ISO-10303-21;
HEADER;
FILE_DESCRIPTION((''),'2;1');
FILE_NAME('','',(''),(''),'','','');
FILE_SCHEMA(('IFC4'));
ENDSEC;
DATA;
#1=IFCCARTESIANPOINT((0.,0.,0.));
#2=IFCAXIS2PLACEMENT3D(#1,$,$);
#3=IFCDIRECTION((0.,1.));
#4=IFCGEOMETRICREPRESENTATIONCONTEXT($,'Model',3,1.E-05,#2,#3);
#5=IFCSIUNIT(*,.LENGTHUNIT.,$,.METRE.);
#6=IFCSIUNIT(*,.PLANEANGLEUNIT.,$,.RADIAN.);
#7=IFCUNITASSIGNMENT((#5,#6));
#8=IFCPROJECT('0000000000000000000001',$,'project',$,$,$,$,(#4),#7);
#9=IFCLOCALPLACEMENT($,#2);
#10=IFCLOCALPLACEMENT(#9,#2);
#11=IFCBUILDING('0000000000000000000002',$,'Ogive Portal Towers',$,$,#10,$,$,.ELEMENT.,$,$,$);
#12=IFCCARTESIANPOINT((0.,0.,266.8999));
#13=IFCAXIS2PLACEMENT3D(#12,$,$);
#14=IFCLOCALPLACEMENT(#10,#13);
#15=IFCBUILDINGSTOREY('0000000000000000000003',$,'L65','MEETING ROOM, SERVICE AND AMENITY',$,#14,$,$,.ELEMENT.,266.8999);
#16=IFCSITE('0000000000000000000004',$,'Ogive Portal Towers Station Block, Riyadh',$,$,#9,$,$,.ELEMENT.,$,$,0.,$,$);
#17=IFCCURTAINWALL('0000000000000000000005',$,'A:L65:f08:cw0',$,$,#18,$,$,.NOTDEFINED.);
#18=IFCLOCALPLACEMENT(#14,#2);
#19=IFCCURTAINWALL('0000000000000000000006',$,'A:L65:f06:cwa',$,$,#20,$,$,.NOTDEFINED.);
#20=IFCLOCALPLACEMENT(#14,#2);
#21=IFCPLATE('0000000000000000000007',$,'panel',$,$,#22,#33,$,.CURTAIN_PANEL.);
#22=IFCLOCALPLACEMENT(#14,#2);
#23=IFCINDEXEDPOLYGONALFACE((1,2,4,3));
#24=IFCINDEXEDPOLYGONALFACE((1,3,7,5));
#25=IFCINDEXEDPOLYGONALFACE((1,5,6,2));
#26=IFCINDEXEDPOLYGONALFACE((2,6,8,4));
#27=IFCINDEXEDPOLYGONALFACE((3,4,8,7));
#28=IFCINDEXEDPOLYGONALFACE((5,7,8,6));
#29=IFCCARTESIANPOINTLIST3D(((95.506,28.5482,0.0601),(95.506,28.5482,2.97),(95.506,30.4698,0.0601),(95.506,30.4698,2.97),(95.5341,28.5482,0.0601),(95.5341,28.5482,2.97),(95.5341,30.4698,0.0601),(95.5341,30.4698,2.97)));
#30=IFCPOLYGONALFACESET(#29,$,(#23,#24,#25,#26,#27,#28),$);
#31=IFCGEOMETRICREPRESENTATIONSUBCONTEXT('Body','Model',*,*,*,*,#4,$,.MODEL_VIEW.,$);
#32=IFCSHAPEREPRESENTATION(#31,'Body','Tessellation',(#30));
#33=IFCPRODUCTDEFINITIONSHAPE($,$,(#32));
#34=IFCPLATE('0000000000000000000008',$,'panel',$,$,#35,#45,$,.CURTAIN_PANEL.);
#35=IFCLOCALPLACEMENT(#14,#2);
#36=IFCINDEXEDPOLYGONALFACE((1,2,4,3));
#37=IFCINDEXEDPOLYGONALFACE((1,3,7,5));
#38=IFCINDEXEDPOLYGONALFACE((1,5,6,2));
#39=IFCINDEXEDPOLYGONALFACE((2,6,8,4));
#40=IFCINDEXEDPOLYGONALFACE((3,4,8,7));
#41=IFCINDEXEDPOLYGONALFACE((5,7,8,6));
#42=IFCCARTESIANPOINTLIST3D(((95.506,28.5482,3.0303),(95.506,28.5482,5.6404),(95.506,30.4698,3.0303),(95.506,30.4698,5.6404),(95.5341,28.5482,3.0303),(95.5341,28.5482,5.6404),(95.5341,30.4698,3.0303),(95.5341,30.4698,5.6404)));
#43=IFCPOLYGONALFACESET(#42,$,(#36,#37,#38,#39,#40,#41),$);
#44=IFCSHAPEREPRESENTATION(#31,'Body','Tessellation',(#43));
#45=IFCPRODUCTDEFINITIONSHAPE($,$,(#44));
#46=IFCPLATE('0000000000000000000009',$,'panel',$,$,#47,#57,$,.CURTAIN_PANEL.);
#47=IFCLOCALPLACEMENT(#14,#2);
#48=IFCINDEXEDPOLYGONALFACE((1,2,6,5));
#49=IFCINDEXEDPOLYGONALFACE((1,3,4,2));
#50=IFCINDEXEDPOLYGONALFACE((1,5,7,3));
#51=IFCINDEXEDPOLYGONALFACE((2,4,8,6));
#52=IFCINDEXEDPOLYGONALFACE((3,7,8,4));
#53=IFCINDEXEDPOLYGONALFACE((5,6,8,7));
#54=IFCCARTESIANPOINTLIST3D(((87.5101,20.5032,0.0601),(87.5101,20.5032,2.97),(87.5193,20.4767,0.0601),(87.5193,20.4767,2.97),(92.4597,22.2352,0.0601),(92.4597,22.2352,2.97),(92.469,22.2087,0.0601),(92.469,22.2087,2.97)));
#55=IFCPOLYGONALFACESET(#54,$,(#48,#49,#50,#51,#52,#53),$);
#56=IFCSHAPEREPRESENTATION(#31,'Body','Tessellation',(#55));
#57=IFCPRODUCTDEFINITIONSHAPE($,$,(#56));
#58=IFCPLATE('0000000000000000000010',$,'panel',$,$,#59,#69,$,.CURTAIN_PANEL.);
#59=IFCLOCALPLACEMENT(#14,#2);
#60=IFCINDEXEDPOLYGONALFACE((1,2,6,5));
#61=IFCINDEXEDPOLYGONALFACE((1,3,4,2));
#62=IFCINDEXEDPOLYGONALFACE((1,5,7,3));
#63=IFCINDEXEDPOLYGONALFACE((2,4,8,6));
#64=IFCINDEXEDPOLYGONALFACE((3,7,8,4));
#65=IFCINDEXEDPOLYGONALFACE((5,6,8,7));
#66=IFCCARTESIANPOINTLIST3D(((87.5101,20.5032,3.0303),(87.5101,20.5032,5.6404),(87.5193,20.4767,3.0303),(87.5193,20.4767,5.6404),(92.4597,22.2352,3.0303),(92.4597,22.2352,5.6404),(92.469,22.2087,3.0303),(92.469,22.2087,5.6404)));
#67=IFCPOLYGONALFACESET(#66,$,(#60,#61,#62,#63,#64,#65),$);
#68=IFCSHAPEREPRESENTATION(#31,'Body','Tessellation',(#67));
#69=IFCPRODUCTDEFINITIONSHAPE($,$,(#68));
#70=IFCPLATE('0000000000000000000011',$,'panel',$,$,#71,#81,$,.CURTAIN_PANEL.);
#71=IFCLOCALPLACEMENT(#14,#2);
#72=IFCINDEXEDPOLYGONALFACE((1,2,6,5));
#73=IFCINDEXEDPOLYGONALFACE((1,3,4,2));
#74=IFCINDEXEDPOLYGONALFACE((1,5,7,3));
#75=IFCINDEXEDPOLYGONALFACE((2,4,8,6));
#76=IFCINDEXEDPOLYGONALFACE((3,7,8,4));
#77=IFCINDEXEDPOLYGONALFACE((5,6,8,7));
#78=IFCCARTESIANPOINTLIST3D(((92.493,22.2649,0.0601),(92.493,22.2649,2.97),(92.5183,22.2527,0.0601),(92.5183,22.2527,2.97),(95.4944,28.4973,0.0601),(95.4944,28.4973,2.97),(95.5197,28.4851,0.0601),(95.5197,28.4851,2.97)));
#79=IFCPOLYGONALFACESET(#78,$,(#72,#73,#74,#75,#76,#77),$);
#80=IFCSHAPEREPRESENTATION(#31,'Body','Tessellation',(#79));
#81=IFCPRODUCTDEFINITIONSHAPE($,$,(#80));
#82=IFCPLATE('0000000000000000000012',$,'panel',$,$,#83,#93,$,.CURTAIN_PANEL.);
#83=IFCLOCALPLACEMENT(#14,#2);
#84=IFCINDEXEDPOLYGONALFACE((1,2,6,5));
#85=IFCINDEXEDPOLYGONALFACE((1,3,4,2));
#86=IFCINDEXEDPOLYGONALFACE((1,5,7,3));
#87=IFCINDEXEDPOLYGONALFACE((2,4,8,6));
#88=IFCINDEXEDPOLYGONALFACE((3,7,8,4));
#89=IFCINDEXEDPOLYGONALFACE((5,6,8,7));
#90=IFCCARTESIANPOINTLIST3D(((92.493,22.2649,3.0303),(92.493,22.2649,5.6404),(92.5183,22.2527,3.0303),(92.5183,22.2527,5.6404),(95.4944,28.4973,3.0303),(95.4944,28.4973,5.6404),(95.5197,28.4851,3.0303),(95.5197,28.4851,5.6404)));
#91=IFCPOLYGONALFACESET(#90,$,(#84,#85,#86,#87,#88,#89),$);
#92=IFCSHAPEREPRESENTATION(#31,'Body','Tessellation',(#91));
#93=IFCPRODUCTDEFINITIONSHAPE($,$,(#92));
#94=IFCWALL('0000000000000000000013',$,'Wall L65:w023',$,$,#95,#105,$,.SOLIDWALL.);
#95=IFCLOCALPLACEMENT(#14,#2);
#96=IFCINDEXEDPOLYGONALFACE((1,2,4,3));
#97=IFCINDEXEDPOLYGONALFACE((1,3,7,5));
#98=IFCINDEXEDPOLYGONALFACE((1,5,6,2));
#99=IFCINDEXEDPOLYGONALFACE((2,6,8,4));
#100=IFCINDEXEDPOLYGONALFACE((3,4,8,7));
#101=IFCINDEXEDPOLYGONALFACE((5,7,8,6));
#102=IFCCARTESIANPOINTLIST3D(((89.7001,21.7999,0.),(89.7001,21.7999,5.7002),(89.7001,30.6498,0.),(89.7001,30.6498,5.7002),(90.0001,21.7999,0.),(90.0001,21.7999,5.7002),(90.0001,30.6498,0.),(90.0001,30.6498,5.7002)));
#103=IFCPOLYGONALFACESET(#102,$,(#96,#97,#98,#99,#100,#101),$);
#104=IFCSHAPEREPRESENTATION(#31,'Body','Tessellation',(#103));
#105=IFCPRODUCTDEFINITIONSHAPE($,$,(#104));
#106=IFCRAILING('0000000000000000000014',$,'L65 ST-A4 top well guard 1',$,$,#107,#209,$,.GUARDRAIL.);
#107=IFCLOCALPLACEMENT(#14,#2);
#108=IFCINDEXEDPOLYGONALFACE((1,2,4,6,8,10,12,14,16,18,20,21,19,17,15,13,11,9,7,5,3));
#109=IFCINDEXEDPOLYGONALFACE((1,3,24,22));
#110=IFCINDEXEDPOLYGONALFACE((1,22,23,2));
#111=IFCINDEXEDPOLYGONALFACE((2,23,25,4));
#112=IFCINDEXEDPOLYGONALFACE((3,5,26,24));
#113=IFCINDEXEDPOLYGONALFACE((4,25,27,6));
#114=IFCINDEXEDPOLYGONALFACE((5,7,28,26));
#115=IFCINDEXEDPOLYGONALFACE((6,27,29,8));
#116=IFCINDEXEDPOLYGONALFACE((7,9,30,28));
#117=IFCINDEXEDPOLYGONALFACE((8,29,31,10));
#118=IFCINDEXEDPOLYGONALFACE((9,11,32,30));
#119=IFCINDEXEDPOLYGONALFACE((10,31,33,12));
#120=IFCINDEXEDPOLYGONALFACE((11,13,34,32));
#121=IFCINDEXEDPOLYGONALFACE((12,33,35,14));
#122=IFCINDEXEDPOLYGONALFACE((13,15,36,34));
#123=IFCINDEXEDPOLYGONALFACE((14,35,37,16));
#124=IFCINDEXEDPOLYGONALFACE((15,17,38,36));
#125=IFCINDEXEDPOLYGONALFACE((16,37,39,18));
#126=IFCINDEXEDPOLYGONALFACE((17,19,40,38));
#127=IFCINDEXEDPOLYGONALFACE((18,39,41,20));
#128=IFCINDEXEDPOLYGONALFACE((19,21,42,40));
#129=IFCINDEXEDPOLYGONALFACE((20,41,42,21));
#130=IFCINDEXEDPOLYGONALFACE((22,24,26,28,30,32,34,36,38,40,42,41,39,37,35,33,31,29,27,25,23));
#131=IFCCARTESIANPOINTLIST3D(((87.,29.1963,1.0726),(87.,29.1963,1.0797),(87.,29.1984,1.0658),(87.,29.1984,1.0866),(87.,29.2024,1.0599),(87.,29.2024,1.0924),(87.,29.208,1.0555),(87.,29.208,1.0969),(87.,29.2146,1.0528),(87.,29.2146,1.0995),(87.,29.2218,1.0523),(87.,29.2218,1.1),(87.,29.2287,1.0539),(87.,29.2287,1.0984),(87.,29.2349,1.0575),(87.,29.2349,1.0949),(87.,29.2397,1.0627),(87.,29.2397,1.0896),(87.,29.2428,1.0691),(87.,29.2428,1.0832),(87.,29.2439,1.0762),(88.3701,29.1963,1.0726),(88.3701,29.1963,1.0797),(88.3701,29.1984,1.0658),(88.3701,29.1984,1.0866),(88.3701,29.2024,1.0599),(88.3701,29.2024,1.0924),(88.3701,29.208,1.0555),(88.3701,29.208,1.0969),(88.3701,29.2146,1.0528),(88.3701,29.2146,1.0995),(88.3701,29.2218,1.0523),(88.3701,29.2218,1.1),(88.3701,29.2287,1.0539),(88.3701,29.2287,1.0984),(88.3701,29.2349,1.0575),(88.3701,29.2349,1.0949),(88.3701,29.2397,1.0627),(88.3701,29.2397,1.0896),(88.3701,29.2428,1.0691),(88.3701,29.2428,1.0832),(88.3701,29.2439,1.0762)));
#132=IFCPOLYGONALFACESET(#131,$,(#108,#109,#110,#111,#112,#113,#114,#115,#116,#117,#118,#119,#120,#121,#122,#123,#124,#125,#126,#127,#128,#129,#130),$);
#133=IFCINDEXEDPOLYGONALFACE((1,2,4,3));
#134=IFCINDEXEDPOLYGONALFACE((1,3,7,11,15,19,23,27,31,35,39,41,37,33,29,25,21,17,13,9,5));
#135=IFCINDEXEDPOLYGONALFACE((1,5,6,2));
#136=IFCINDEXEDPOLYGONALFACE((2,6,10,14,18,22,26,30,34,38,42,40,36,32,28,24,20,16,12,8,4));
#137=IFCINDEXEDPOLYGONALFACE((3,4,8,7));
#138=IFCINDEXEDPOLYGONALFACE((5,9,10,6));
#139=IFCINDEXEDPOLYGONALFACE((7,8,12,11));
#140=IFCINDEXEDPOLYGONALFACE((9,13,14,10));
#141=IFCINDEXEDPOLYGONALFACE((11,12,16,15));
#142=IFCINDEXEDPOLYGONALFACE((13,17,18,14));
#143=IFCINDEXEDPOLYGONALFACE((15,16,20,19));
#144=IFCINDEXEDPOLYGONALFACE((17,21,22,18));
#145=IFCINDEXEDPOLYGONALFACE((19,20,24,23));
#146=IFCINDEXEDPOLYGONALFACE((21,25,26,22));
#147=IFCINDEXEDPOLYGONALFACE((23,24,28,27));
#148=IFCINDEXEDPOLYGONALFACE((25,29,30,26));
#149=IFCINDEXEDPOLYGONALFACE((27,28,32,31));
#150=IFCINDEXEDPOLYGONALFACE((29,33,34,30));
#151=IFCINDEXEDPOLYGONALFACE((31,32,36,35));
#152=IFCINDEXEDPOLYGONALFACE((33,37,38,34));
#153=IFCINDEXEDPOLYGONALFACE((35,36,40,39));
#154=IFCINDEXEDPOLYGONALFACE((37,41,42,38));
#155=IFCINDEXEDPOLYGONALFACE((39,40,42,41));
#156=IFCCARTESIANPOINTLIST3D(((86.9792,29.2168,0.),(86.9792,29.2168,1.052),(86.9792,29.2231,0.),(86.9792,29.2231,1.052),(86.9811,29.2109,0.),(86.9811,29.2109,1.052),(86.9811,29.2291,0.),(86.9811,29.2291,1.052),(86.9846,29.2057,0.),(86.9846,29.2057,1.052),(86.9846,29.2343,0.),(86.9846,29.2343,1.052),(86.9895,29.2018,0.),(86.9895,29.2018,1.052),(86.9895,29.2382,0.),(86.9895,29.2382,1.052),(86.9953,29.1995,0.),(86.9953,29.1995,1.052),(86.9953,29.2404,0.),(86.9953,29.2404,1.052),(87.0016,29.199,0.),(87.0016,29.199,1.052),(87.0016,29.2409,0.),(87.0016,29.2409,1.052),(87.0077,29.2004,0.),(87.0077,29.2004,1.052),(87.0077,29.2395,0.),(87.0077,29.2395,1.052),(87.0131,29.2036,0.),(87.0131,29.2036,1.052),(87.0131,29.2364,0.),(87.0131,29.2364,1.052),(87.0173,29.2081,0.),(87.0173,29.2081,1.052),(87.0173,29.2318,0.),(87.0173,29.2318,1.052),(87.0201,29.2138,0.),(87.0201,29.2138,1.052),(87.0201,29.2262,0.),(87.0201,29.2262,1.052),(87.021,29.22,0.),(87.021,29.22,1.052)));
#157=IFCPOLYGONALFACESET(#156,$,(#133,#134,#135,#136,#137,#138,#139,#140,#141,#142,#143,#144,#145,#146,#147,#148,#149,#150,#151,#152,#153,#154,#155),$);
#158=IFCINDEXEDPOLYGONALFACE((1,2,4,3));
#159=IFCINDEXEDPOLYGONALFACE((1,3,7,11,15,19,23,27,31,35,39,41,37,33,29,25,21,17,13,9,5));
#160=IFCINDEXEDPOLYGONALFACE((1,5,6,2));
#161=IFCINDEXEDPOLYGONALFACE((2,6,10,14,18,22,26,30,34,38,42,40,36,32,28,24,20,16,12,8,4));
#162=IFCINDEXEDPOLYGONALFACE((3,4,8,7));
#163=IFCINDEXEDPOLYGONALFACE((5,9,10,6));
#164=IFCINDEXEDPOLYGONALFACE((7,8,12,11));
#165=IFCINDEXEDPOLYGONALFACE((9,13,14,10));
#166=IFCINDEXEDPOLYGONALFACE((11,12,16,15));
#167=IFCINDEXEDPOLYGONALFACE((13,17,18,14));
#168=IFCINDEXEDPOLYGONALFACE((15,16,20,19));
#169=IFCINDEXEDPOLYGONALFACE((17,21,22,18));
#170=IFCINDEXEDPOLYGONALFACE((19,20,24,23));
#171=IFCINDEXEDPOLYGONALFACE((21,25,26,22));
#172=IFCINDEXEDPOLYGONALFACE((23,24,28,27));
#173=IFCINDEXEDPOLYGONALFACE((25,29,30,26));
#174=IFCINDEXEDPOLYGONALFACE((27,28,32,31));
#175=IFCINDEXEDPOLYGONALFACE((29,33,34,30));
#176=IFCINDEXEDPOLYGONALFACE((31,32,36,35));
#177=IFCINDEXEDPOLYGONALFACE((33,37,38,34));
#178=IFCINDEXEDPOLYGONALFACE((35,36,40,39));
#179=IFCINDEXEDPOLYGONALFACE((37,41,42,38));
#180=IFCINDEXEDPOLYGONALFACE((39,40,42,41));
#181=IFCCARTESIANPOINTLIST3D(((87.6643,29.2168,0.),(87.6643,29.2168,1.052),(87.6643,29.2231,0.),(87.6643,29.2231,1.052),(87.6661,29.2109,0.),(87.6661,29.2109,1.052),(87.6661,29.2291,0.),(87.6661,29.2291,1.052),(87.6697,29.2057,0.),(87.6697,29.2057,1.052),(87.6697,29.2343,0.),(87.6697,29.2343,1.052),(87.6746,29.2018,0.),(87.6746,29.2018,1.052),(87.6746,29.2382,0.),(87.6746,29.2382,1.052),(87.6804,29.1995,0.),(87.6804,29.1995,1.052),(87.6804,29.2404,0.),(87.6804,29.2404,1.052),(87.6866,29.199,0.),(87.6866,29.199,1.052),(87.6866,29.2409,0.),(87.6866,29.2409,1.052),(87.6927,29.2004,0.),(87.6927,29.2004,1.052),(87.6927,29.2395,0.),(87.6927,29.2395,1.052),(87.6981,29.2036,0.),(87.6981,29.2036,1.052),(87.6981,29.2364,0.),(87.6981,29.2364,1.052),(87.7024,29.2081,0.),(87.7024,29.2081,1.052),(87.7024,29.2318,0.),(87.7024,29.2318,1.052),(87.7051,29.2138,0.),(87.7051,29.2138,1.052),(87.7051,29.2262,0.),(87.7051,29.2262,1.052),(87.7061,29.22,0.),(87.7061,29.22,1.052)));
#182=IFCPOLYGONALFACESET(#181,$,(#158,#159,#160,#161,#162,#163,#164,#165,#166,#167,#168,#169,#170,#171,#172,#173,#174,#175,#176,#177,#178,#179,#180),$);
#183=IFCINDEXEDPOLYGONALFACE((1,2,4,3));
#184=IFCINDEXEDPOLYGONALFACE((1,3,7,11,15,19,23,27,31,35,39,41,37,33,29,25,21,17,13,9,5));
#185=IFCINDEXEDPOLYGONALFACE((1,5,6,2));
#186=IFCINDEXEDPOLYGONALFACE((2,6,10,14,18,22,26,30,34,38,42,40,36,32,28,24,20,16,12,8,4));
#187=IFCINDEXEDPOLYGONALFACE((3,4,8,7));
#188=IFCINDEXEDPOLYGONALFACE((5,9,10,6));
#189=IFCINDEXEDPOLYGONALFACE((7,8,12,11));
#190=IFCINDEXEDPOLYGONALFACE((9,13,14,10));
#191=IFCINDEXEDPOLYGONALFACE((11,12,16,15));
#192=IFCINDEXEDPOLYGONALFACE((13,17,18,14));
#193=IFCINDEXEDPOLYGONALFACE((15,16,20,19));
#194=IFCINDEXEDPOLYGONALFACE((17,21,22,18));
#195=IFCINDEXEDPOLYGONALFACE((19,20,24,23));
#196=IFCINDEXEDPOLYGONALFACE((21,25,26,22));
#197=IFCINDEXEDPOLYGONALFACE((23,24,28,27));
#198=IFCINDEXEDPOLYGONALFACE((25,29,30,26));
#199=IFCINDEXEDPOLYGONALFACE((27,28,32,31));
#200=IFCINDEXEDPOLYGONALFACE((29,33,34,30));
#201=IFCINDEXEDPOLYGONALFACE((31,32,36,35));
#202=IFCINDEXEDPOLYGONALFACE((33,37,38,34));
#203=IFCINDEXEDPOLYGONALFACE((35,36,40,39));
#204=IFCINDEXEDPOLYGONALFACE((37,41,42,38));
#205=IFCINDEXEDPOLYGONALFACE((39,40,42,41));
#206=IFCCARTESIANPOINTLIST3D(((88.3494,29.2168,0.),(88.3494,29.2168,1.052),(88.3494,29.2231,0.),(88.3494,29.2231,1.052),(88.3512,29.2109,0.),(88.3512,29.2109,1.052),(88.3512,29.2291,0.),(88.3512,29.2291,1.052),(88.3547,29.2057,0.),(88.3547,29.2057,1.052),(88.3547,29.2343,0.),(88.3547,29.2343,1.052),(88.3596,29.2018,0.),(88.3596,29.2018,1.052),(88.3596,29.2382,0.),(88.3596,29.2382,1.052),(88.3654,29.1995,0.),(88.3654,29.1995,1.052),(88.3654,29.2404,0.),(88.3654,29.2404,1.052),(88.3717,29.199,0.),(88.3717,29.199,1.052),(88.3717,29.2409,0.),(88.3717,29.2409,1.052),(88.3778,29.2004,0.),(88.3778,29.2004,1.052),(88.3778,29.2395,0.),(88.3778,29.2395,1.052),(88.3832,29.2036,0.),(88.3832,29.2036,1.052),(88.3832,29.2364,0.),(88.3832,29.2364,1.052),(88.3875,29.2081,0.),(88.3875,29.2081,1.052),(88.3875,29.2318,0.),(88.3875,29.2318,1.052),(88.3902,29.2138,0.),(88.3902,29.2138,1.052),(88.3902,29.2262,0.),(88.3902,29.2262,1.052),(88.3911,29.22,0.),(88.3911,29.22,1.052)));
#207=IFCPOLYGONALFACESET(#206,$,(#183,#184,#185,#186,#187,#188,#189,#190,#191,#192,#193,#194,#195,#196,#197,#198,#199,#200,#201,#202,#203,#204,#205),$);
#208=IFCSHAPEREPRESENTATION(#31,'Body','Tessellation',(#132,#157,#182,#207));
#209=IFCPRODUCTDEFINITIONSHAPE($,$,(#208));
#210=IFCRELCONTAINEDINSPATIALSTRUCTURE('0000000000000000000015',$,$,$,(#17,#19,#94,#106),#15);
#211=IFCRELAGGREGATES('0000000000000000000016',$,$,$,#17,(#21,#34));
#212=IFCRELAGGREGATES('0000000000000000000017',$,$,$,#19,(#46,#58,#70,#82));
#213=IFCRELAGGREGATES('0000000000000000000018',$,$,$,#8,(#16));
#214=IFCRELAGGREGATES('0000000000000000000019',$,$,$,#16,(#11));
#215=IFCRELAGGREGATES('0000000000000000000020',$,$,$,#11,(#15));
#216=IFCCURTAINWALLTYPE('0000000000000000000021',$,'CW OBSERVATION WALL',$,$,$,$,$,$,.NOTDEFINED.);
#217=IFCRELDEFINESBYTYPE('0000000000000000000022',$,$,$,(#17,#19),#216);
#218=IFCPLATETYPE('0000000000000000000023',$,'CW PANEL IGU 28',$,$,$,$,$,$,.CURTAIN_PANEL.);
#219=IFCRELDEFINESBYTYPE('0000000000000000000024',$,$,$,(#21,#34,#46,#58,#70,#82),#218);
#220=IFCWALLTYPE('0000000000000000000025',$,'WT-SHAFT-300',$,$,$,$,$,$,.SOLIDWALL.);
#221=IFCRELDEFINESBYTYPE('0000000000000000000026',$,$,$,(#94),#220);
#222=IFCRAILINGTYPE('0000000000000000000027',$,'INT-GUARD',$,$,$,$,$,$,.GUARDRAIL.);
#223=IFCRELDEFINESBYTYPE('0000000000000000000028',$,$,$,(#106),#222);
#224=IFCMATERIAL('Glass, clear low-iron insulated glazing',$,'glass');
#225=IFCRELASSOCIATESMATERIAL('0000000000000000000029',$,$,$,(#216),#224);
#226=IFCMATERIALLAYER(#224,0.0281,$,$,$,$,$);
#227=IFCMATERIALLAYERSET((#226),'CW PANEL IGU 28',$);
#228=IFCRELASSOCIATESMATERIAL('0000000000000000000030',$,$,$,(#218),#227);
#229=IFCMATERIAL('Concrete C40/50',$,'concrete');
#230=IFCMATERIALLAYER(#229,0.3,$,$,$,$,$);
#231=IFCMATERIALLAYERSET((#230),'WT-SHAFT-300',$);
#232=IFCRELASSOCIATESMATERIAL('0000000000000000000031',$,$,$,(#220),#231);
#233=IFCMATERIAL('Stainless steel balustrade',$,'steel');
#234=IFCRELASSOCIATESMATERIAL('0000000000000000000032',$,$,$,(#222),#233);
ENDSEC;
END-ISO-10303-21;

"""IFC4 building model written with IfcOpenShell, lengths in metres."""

from ifc_helpers import new_model, si_unit, direction, frame, frame_2d, origin, origin_2d, place, context, subcontext, project, spatial, rectangle, circle, extrude, material, layer, layer_set, type_object, element, aggregate, save


model = new_model("IFC4")

# Units and contexts
model_context = context("Model", 3, precision=1e-05, world=origin(), true_north=direction((0.0, 1.0)))
body_context = subcontext(model_context, "Body", "Model", "MODEL_VIEW")
ifc_project = project(units=[si_unit("LENGTHUNIT", "METRE"), si_unit("PLANEANGLEUNIT", "RADIAN")], contexts=[model_context])

# Site, building, storey
site_placement = place(None, origin())
site = spatial("IfcSite", under=ifc_project, at=site_placement, Name="Ogive Portal Towers Station Block, Riyadh", CompositionType="ELEMENT", RefElevation=0.0)
building_placement = place(site_placement, origin())
building = spatial("IfcBuilding", under=site, at=building_placement, Name="Ogive Portal Towers", CompositionType="ELEMENT")
storey_placement = place(building_placement, frame((0.0, 0.0, 266.8999)))
storey = spatial("IfcBuildingStorey", under=building, at=storey_placement, Name="L65", Description="MEETING ROOM, SERVICE AND AMENITY", CompositionType="ELEMENT", Elevation=266.8999)

# Curtain walls
ifc_material_1 = material(Name="Glass, clear low-iron insulated glazing", Category="glass")
curtain_wall_type = type_object("IfcCurtainWallType", Name="CW OBSERVATION WALL", PredefinedType="NOTDEFINED", material=ifc_material_1)
curtain_wall_1_placement = place(storey_placement, origin())
curtain_wall_1 = element("IfcCurtainWall", 1, at=curtain_wall_1_placement, inside=storey, type_object=curtain_wall_type, Name="A:L65:f08:cw0", PredefinedType="NOTDEFINED")
curtain_wall_2_placement = place(storey_placement, origin())
curtain_wall_2 = element("IfcCurtainWall", 2, at=curtain_wall_2_placement, inside=storey, type_object=curtain_wall_type, Name="A:L65:f06:cwa", PredefinedType="NOTDEFINED")

# Plates
ifc_layer_1 = layer(ifc_material_1, 0.0281)
ifc_layer_set_1 = layer_set([ifc_layer_1], Name="CW PANEL IGU 28")
plate_type = type_object("IfcPlateType", Name="CW PANEL IGU 28", PredefinedType="CURTAIN_PANEL", material=ifc_layer_set_1)
plate_1_placement = place(storey_placement, frame((95.52, 29.509, 0.0601), z_axis=(0.0, 0.0, 1.0), x_axis=(0.0, 1.0, 0.0)))
plate_1 = element("IfcPlate", 3, at=plate_1_placement, type_object=plate_type, Name="panel", PredefinedType="CURTAIN_PANEL", context=body_context, shape_type="SweptSolid", body=[
    extrude(rectangle(XDim=1.9216, YDim=0.0281, at=origin_2d()), origin(), (0.0, 0.0, 1.0), 2.9099),
])
plate_2_placement = place(storey_placement, frame((95.52, 29.509, 3.0303), z_axis=(0.0, 0.0, 1.0), x_axis=(0.0, 1.0, 0.0)))
plate_2 = element("IfcPlate", 4, at=plate_2_placement, type_object=plate_type, Name="panel", PredefinedType="CURTAIN_PANEL", context=body_context, shape_type="SweptSolid", body=[
    extrude(rectangle(XDim=1.9216, YDim=0.0281, at=origin_2d()), origin(), (0.0, 0.0, 1.0), 2.6101),
])
aggregate(curtain_wall_1, [plate_1, plate_2])
plate_3_placement = place(storey_placement, frame((89.9895, 21.356, 0.0601), z_axis=(0.0, 0.0, 1.0), x_axis=(0.943883, 0.330279, 0.0)))
plate_3 = element("IfcPlate", 5, at=plate_3_placement, type_object=plate_type, Name="panel", PredefinedType="CURTAIN_PANEL", context=body_context, shape_type="SweptSolid", body=[
    extrude(rectangle(XDim=5.2439, YDim=0.0281, at=origin_2d()), origin(), (0.0, 0.0, 1.0), 2.9099),
])
plate_4_placement = place(storey_placement, frame((89.9895, 21.356, 3.0303), z_axis=(0.0, 0.0, 1.0), x_axis=(0.943883, 0.330279, 0.0)))
plate_4 = element("IfcPlate", 6, at=plate_4_placement, type_object=plate_type, Name="panel", PredefinedType="CURTAIN_PANEL", context=body_context, shape_type="SweptSolid", body=[
    extrude(rectangle(XDim=5.2439, YDim=0.0281, at=origin_2d()), origin(), (0.0, 0.0, 1.0), 2.6101),
])
plate_5_placement = place(storey_placement, frame((94.0063, 25.375, 0.0601), z_axis=(0.0, 0.0, 1.0), x_axis=(0.433884, 0.900969, 0.0)))
plate_5 = element("IfcPlate", 7, at=plate_5_placement, type_object=plate_type, Name="panel", PredefinedType="CURTAIN_PANEL", context=body_context, shape_type="SweptSolid", body=[
    extrude(rectangle(XDim=6.9175, YDim=0.0281, at=origin_2d()), origin(), (0.0, 0.0, 1.0), 2.9099),
])
plate_6_placement = place(storey_placement, frame((94.0063, 25.375, 3.0303), z_axis=(0.0, 0.0, 1.0), x_axis=(0.433884, 0.900969, 0.0)))
plate_6 = element("IfcPlate", 8, at=plate_6_placement, type_object=plate_type, Name="panel", PredefinedType="CURTAIN_PANEL", context=body_context, shape_type="SweptSolid", body=[
    extrude(rectangle(XDim=6.9175, YDim=0.0281, at=origin_2d()), origin(), (0.0, 0.0, 1.0), 2.6101),
])
aggregate(curtain_wall_2, [plate_3, plate_4, plate_5, plate_6])

# Wall
ifc_material_2 = material(Name="Concrete C40/50", Category="concrete")
ifc_layer_2 = layer(ifc_material_2, 0.3)
ifc_layer_set_2 = layer_set([ifc_layer_2], Name="WT-SHAFT-300")
wall_type = type_object("IfcWallType", Name="WT-SHAFT-300", PredefinedType="SOLIDWALL", material=ifc_layer_set_2)
wall_placement = place(storey_placement, frame((89.8501, 21.8, 0.0), z_axis=(0.0, 0.0, 1.0), x_axis=(0.0, 1.0, 0.0)))
element("IfcWall", 9, at=wall_placement, inside=storey, type_object=wall_type, Name="Wall L65:w023", PredefinedType="SOLIDWALL", context=body_context, shape_type="SweptSolid", body=[
    extrude(rectangle(XDim=8.8499, YDim=0.3, at=frame_2d((4.4248, 0.0))), origin(), (0.0, 0.0, 1.0), 5.7002),
])

# Railing
ifc_material_3 = material(Name="Stainless steel balustrade", Category="steel")
railing_type = type_object("IfcRailingType", Name="INT-GUARD", PredefinedType="GUARDRAIL", material=ifc_material_3)
railing_placement = place(storey_placement, frame((87.0, 29.22, 0.0)))
element("IfcRailing", 10, at=railing_placement, inside=storey, type_object=railing_type, Name="L65 ST-A4 top well guard 1", PredefinedType="GUARDRAIL", context=body_context, shape_type="SweptSolid", body=[
    extrude(circle(Radius=0.0239, at=origin_2d()), frame((0.0, 0.0, 1.0762), z_axis=(1.0, 0.0, 0.0), x_axis=(0.0, 1.0, 0.0)), (0.0, 0.0, 1.0), 1.3701),
    extrude(circle(Radius=0.021, at=origin_2d()), origin(), (0.0, 0.0, 1.0), 1.052),
    extrude(circle(Radius=0.021, at=origin_2d()), frame((0.6851, 0.0, 0.0)), (0.0, 0.0, 1.0), 1.052),
    extrude(circle(Radius=0.021, at=origin_2d()), frame((1.3701, 0.0, 0.0)), (0.0, 0.0, 1.0), 1.052),
])

save(model, "model.ifc")
